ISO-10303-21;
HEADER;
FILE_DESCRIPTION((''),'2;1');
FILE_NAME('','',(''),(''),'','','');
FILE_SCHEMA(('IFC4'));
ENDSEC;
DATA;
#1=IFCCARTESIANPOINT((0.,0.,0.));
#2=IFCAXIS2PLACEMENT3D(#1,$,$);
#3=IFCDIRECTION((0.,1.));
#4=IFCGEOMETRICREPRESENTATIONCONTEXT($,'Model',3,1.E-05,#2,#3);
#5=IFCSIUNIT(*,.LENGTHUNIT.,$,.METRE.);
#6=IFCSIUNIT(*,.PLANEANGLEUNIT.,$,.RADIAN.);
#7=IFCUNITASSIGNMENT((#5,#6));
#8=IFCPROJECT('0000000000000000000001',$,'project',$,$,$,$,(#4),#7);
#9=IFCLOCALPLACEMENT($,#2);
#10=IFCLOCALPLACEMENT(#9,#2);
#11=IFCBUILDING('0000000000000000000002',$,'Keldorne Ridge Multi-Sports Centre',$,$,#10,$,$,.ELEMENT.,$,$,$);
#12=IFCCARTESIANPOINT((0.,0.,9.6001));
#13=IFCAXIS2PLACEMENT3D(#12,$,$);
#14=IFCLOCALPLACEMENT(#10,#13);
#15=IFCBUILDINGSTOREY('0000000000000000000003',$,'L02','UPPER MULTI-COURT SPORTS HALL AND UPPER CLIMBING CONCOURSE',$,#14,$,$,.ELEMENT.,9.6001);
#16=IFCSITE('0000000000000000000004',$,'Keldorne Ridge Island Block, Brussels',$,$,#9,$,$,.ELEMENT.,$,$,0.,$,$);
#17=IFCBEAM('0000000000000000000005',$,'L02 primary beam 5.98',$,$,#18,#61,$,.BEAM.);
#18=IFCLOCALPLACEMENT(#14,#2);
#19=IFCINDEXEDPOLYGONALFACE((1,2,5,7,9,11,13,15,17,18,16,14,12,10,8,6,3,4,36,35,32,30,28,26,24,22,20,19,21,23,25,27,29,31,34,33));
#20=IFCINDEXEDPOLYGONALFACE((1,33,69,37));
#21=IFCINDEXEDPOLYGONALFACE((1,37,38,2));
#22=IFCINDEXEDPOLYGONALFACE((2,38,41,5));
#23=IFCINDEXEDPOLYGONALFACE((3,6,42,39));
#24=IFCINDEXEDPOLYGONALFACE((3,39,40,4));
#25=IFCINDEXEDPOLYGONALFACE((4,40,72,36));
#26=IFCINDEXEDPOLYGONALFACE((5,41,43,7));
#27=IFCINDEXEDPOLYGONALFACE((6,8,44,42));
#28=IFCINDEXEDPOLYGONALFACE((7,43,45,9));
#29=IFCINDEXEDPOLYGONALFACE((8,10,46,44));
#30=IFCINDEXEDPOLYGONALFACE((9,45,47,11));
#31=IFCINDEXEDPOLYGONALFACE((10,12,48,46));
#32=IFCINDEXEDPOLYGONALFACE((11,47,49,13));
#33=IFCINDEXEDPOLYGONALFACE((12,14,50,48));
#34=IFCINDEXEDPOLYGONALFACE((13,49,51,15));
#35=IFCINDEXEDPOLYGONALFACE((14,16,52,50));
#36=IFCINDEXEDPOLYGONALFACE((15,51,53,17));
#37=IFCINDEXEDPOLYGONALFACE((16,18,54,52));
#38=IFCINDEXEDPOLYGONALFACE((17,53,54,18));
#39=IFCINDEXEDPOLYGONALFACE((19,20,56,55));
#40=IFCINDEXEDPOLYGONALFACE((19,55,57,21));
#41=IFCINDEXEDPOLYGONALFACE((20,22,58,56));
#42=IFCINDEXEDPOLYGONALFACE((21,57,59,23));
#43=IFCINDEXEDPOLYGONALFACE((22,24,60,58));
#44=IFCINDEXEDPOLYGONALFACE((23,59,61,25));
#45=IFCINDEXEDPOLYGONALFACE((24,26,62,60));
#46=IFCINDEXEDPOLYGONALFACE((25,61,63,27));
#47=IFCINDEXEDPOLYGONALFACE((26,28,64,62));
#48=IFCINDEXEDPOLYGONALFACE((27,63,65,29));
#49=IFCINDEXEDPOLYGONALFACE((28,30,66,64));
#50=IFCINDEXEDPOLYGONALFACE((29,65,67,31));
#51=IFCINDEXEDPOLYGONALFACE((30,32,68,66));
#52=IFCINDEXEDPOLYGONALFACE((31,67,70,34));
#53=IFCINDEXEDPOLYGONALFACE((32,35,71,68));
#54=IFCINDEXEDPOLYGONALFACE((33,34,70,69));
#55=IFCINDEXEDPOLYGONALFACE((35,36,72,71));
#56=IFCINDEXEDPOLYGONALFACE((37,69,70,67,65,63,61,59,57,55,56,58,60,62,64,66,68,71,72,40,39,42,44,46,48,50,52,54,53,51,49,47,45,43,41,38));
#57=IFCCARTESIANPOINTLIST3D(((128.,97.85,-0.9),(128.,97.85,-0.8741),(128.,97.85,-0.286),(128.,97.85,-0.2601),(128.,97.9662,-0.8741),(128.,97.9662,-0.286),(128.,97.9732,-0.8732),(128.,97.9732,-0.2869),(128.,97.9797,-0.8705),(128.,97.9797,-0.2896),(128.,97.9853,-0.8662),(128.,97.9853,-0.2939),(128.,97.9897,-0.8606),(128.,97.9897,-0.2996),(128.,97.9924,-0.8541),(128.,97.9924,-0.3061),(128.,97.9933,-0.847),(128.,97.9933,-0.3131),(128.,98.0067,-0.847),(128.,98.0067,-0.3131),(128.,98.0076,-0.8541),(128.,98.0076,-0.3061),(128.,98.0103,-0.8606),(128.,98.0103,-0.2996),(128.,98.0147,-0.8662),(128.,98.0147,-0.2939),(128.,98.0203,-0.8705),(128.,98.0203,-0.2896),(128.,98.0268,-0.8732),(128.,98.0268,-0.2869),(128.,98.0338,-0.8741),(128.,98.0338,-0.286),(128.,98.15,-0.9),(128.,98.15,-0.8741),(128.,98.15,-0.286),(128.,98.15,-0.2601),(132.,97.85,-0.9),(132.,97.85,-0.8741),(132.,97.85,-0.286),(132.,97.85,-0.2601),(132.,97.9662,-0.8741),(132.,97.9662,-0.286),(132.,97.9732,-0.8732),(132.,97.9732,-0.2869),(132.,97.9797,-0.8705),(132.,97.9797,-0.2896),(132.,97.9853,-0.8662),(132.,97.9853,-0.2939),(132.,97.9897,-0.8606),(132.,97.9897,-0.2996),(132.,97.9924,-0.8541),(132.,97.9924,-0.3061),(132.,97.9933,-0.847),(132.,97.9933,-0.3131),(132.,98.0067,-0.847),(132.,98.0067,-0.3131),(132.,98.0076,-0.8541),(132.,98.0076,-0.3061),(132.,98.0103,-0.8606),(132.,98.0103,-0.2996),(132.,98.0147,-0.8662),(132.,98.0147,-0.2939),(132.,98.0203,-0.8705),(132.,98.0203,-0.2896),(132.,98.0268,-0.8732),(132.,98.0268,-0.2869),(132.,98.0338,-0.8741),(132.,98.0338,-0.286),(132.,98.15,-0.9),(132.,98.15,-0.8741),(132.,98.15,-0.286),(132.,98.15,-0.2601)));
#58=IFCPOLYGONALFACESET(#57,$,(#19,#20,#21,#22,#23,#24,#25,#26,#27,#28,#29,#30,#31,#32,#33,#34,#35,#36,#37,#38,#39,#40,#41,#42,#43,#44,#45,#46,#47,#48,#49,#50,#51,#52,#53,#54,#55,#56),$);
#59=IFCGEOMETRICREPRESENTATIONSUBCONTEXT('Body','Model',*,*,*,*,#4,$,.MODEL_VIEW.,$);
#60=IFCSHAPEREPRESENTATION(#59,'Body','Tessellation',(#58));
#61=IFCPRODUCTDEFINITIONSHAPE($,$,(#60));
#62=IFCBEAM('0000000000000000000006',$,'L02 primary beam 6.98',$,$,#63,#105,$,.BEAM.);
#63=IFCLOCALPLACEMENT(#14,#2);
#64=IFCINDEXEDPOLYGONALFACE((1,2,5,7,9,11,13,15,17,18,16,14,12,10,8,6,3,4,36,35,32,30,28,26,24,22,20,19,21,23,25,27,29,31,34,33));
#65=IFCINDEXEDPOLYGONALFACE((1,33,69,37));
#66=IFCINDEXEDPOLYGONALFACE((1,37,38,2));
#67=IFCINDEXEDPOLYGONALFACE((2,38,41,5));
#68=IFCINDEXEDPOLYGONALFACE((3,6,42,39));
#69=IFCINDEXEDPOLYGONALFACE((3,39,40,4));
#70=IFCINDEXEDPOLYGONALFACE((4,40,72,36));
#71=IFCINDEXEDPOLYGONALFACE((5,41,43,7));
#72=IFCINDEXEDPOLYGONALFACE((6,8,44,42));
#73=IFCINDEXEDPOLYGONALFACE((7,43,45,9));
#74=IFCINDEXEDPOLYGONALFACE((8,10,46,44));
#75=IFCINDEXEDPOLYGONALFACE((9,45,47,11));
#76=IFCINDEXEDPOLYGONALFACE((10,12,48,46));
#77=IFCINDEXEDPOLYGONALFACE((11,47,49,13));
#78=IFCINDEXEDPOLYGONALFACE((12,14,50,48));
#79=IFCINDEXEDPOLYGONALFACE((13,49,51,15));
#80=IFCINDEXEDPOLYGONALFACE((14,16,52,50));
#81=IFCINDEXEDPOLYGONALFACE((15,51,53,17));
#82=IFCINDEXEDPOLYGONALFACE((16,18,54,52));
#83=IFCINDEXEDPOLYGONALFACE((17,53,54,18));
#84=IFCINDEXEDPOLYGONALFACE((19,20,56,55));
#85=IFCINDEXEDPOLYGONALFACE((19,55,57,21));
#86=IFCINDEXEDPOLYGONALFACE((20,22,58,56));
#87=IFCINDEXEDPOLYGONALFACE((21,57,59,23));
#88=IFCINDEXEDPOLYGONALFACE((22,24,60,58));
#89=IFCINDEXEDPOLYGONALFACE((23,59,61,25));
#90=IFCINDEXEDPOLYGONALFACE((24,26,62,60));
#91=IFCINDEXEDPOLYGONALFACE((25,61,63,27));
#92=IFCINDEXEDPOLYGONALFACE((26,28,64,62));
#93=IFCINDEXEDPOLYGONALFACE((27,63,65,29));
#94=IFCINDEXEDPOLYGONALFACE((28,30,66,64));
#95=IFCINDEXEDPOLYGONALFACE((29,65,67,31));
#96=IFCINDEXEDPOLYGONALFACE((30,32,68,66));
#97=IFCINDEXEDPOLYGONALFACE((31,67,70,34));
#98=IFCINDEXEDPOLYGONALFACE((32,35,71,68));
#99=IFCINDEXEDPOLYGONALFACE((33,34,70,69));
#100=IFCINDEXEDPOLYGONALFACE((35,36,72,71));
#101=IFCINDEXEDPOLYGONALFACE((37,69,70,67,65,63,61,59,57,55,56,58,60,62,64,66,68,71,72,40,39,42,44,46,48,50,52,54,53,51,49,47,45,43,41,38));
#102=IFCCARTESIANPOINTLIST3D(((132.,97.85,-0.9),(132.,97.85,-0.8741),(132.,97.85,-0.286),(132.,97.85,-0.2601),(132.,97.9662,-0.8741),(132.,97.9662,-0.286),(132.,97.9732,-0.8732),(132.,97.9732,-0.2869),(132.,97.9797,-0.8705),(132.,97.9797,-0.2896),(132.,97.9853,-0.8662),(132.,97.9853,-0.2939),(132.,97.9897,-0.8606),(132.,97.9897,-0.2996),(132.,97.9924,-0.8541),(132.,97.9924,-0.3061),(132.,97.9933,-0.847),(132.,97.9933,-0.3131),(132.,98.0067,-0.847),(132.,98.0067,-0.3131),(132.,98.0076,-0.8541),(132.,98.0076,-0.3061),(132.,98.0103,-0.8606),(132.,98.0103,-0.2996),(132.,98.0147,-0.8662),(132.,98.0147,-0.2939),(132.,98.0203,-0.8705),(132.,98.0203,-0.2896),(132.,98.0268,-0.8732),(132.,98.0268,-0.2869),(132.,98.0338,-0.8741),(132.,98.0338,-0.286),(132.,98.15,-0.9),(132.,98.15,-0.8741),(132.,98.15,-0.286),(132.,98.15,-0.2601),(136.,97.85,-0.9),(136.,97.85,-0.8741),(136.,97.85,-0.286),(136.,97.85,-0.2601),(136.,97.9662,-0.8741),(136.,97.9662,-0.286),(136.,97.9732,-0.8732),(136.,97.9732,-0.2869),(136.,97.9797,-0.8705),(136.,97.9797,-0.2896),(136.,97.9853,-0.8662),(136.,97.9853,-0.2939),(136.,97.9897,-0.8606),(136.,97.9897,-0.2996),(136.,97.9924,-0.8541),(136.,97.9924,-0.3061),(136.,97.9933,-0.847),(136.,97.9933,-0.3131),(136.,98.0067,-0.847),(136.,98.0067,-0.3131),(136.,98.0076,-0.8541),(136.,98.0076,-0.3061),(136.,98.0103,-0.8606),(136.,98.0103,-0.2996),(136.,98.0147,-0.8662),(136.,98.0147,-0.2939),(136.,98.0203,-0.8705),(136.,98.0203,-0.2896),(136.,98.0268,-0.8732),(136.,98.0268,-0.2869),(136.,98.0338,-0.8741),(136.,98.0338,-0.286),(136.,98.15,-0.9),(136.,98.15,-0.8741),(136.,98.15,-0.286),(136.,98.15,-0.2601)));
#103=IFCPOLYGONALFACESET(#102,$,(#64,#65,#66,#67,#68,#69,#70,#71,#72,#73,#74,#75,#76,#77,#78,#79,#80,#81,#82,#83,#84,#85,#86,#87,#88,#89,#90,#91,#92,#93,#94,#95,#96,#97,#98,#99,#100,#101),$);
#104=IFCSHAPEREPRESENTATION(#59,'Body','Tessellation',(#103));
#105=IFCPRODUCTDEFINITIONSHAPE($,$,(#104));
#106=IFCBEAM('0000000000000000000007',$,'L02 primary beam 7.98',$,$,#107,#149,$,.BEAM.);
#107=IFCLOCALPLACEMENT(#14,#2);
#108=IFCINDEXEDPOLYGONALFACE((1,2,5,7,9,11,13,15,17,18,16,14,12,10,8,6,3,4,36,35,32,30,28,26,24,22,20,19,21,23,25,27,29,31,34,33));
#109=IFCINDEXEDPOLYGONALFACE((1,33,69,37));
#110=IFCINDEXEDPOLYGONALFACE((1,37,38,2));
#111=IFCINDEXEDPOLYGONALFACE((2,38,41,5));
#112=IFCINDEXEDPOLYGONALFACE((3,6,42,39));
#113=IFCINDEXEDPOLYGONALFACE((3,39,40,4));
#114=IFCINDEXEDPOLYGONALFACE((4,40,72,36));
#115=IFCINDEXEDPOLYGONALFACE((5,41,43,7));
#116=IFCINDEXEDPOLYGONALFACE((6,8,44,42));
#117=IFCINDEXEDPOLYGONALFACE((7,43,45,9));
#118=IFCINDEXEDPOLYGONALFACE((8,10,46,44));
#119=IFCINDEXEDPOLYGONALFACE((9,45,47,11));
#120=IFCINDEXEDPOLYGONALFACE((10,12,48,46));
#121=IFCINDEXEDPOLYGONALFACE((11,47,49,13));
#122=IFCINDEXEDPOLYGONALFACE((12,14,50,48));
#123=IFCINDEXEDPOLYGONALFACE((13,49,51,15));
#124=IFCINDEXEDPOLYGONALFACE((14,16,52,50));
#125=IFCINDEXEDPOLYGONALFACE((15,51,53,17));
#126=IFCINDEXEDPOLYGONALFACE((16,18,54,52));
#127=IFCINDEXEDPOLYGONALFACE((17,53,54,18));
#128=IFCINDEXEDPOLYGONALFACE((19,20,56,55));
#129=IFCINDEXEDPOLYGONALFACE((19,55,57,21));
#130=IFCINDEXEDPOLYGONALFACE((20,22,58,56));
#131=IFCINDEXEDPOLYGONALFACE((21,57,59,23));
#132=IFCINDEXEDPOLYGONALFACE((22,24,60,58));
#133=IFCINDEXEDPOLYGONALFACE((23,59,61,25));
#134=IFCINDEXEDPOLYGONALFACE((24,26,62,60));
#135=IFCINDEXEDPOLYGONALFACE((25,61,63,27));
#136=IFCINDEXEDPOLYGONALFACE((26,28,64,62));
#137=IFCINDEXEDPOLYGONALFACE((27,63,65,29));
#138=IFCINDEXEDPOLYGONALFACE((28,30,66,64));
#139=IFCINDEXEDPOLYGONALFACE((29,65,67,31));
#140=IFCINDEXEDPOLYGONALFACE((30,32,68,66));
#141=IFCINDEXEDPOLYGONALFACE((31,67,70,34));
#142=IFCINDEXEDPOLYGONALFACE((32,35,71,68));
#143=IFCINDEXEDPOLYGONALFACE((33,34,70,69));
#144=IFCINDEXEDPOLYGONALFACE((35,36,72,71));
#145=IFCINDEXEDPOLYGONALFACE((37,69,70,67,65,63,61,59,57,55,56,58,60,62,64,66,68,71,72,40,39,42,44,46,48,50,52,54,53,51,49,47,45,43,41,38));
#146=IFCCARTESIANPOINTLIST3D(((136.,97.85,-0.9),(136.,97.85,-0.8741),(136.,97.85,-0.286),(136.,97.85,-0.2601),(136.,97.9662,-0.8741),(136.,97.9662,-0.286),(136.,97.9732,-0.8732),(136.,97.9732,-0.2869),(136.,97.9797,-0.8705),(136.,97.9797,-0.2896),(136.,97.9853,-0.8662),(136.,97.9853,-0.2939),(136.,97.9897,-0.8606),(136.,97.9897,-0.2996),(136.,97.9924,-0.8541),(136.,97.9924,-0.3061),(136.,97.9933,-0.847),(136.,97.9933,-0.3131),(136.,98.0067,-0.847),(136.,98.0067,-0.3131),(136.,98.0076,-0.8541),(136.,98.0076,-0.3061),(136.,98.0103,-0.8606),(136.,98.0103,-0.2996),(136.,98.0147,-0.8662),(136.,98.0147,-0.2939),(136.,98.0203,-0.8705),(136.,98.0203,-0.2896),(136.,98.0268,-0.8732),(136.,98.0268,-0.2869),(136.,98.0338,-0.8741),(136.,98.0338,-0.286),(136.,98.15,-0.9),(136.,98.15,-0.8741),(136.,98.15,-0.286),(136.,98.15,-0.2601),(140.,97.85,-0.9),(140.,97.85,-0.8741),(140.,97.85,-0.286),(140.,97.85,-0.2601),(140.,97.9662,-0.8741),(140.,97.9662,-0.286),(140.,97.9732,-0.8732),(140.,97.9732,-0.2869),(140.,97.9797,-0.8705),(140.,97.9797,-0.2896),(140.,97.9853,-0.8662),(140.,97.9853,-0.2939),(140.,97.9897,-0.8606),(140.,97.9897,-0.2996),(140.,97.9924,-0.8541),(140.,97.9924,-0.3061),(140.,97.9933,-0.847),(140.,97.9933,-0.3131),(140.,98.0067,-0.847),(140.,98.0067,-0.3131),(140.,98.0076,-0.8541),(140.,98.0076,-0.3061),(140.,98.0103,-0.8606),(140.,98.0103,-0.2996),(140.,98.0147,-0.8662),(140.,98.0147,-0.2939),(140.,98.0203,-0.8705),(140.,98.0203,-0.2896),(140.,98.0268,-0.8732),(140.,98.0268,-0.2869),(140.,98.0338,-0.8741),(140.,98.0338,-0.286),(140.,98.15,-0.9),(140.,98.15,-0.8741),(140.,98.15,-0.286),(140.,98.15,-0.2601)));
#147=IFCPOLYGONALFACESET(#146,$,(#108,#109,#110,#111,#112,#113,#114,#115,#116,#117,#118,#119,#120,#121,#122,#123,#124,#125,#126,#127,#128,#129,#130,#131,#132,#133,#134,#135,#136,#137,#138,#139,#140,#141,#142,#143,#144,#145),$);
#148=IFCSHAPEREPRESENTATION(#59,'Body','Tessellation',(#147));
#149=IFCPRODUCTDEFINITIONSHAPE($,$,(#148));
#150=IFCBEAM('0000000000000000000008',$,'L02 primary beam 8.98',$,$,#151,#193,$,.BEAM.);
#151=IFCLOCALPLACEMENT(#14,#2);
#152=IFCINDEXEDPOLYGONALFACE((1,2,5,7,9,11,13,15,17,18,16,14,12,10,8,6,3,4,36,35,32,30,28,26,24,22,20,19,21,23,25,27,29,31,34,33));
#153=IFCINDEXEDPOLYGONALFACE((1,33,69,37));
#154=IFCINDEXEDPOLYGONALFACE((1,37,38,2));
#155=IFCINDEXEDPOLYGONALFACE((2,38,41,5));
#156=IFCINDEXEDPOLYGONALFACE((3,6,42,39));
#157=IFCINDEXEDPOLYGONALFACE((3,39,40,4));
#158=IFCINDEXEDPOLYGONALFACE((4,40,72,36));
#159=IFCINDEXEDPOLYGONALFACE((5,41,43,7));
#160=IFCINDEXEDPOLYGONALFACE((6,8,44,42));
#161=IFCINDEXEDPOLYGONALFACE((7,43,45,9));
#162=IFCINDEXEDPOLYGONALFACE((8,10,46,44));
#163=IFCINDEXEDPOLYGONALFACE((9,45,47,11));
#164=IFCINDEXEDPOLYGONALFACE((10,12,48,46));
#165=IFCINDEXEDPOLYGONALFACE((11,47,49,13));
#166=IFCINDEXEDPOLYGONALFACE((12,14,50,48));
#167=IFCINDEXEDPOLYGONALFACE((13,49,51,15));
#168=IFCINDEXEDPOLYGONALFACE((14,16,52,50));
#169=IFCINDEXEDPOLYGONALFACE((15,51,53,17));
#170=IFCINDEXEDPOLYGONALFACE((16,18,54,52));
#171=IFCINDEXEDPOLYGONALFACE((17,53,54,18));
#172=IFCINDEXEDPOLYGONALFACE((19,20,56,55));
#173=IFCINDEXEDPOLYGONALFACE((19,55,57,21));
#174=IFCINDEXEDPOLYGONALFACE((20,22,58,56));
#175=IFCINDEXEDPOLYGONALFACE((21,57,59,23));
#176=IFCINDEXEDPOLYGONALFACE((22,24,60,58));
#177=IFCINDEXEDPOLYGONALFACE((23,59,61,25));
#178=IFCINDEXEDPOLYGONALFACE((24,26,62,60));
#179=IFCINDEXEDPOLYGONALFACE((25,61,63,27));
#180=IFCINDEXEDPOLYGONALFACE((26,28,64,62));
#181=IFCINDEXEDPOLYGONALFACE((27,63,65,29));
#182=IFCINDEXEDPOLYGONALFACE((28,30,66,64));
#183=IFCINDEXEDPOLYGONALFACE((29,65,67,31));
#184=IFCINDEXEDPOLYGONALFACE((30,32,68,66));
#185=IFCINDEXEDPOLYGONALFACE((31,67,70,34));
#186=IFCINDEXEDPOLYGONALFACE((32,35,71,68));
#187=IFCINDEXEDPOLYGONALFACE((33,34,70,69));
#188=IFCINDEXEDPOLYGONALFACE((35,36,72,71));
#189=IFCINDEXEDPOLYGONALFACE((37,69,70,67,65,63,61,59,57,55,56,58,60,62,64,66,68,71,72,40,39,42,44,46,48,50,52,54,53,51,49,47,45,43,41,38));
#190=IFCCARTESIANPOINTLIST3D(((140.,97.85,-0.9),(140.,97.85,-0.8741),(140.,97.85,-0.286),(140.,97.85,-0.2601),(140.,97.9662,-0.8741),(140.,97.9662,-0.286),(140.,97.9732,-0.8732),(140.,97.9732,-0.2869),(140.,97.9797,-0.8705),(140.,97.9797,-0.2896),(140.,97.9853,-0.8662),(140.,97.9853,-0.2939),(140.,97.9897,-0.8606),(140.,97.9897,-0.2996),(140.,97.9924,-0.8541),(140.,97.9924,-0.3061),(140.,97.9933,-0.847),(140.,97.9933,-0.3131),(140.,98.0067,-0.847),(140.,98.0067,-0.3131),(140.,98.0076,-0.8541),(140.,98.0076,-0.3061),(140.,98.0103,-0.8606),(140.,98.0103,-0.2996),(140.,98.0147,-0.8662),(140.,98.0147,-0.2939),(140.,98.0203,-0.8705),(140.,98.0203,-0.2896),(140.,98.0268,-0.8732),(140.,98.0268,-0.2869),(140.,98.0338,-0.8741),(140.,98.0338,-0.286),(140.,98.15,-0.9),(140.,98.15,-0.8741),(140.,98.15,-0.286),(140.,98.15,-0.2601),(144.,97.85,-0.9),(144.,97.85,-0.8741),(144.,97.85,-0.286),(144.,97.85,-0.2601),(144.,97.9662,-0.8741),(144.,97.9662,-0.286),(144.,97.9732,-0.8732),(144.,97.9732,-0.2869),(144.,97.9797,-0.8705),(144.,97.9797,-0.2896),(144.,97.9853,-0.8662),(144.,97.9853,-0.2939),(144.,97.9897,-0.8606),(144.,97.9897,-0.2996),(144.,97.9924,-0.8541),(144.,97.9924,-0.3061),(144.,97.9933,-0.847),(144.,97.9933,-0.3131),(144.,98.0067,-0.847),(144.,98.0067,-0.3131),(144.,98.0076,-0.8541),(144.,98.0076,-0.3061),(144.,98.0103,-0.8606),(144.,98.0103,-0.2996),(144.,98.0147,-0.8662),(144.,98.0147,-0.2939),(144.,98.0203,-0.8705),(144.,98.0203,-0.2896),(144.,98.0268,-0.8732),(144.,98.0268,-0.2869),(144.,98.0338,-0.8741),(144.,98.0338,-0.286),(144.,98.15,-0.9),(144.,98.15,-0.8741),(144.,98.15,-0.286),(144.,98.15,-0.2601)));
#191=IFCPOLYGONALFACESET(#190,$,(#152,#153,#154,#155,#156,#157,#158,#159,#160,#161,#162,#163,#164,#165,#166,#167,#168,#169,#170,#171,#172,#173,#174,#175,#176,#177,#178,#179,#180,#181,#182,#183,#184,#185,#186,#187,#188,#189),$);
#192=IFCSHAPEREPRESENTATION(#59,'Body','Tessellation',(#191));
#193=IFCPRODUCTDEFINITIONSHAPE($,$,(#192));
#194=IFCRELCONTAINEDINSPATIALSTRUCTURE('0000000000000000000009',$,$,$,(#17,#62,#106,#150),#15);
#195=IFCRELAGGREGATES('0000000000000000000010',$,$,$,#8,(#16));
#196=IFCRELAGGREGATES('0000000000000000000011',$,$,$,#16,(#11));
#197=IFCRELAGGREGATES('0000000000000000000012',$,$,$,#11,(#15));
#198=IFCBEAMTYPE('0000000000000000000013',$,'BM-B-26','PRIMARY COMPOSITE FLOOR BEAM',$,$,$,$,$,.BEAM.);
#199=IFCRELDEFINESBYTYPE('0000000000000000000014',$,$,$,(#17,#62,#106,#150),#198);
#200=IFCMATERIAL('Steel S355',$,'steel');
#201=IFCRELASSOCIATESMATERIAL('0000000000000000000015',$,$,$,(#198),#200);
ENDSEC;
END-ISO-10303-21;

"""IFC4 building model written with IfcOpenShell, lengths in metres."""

from ifc_helpers import new_model, si_unit, direction, frame, origin, origin_2d, place, context, subcontext, project, spatial, i_section, extrude, material, material_profile, profile_set, type_object, element, save


model = new_model("IFC4")

# Units and contexts
model_context = context("Model", 3, precision=1e-05, world=origin(), true_north=direction((0.0, 1.0)))
body_context = subcontext(model_context, "Body", "Model", "MODEL_VIEW")
ifc_project = project(units=[si_unit("LENGTHUNIT", "METRE"), si_unit("PLANEANGLEUNIT", "RADIAN")], contexts=[model_context])

# Site, building, storey
site_placement = place(None, origin())
site = spatial("IfcSite", under=ifc_project, at=site_placement, Name="Keldorne Ridge Island Block, Brussels", CompositionType="ELEMENT", RefElevation=0.0)
building_placement = place(site_placement, origin())
building = spatial("IfcBuilding", under=site, at=building_placement, Name="Keldorne Ridge Multi-Sports Centre", CompositionType="ELEMENT")
storey_placement = place(building_placement, frame((0.0, 0.0, 9.6001)))
storey = spatial("IfcBuildingStorey", under=building, at=storey_placement, Name="L02", Description="UPPER MULTI-COURT SPORTS HALL AND UPPER CLIMBING CONCOURSE", CompositionType="ELEMENT", Elevation=9.6001)

# Shared definitions
ifc_material_1 = material(Name="Steel S355", Category="steel")

# Beams
ifc_material_profile_1 = material_profile(ifc_material_1, i_section(OverallWidth=0.3, OverallDepth=0.6399, WebThickness=0.0134, FlangeThickness=0.0259, FilletRadius=0.0271, at=origin_2d()), Name="HEA 650")
ifc_profile_set_1 = profile_set([ifc_material_profile_1], Name="Steel S355")
beam_type_1 = type_object("IfcBeamType", Name="BM-B-26", Description="PRIMARY COMPOSITE FLOOR BEAM", PredefinedType="BEAM", material=ifc_profile_set_1)
for number, where, z_axis, x_axis, name in (
    (1, (128.0, 98.0, -0.5801), (1.0, 0.0, 0.0), (0.0, 1.0, 0.0), "L02 primary beam 5.98"),
    (2, (132.0, 98.0, -0.5801), (1.0, 0.0, 0.0), (0.0, 1.0, 0.0), "L02 primary beam 6.98"),
    (3, (136.0, 98.0, -0.5801), (1.0, 0.0, 0.0), (0.0, 1.0, 0.0), "L02 primary beam 7.98"),
    (4, (140.0, 98.0, -0.5801), (1.0, 0.0, 0.0), (0.0, 1.0, 0.0), "L02 primary beam 8.98"),
):
    element("IfcBeam", number, at=place(storey_placement, frame(where, z_axis=z_axis, x_axis=x_axis)), inside=storey, type_object=beam_type_1, Name=name, PredefinedType="BEAM", context=body_context, shape_type="SweptSolid", body=[
        extrude(i_section(OverallWidth=0.3, OverallDepth=0.6399, WebThickness=0.0134, FlangeThickness=0.0259, FilletRadius=0.0271, at=origin_2d()), origin(), (0.0, 0.0, 1.0), 4.0),
    ])

save(model, "model.ifc")
